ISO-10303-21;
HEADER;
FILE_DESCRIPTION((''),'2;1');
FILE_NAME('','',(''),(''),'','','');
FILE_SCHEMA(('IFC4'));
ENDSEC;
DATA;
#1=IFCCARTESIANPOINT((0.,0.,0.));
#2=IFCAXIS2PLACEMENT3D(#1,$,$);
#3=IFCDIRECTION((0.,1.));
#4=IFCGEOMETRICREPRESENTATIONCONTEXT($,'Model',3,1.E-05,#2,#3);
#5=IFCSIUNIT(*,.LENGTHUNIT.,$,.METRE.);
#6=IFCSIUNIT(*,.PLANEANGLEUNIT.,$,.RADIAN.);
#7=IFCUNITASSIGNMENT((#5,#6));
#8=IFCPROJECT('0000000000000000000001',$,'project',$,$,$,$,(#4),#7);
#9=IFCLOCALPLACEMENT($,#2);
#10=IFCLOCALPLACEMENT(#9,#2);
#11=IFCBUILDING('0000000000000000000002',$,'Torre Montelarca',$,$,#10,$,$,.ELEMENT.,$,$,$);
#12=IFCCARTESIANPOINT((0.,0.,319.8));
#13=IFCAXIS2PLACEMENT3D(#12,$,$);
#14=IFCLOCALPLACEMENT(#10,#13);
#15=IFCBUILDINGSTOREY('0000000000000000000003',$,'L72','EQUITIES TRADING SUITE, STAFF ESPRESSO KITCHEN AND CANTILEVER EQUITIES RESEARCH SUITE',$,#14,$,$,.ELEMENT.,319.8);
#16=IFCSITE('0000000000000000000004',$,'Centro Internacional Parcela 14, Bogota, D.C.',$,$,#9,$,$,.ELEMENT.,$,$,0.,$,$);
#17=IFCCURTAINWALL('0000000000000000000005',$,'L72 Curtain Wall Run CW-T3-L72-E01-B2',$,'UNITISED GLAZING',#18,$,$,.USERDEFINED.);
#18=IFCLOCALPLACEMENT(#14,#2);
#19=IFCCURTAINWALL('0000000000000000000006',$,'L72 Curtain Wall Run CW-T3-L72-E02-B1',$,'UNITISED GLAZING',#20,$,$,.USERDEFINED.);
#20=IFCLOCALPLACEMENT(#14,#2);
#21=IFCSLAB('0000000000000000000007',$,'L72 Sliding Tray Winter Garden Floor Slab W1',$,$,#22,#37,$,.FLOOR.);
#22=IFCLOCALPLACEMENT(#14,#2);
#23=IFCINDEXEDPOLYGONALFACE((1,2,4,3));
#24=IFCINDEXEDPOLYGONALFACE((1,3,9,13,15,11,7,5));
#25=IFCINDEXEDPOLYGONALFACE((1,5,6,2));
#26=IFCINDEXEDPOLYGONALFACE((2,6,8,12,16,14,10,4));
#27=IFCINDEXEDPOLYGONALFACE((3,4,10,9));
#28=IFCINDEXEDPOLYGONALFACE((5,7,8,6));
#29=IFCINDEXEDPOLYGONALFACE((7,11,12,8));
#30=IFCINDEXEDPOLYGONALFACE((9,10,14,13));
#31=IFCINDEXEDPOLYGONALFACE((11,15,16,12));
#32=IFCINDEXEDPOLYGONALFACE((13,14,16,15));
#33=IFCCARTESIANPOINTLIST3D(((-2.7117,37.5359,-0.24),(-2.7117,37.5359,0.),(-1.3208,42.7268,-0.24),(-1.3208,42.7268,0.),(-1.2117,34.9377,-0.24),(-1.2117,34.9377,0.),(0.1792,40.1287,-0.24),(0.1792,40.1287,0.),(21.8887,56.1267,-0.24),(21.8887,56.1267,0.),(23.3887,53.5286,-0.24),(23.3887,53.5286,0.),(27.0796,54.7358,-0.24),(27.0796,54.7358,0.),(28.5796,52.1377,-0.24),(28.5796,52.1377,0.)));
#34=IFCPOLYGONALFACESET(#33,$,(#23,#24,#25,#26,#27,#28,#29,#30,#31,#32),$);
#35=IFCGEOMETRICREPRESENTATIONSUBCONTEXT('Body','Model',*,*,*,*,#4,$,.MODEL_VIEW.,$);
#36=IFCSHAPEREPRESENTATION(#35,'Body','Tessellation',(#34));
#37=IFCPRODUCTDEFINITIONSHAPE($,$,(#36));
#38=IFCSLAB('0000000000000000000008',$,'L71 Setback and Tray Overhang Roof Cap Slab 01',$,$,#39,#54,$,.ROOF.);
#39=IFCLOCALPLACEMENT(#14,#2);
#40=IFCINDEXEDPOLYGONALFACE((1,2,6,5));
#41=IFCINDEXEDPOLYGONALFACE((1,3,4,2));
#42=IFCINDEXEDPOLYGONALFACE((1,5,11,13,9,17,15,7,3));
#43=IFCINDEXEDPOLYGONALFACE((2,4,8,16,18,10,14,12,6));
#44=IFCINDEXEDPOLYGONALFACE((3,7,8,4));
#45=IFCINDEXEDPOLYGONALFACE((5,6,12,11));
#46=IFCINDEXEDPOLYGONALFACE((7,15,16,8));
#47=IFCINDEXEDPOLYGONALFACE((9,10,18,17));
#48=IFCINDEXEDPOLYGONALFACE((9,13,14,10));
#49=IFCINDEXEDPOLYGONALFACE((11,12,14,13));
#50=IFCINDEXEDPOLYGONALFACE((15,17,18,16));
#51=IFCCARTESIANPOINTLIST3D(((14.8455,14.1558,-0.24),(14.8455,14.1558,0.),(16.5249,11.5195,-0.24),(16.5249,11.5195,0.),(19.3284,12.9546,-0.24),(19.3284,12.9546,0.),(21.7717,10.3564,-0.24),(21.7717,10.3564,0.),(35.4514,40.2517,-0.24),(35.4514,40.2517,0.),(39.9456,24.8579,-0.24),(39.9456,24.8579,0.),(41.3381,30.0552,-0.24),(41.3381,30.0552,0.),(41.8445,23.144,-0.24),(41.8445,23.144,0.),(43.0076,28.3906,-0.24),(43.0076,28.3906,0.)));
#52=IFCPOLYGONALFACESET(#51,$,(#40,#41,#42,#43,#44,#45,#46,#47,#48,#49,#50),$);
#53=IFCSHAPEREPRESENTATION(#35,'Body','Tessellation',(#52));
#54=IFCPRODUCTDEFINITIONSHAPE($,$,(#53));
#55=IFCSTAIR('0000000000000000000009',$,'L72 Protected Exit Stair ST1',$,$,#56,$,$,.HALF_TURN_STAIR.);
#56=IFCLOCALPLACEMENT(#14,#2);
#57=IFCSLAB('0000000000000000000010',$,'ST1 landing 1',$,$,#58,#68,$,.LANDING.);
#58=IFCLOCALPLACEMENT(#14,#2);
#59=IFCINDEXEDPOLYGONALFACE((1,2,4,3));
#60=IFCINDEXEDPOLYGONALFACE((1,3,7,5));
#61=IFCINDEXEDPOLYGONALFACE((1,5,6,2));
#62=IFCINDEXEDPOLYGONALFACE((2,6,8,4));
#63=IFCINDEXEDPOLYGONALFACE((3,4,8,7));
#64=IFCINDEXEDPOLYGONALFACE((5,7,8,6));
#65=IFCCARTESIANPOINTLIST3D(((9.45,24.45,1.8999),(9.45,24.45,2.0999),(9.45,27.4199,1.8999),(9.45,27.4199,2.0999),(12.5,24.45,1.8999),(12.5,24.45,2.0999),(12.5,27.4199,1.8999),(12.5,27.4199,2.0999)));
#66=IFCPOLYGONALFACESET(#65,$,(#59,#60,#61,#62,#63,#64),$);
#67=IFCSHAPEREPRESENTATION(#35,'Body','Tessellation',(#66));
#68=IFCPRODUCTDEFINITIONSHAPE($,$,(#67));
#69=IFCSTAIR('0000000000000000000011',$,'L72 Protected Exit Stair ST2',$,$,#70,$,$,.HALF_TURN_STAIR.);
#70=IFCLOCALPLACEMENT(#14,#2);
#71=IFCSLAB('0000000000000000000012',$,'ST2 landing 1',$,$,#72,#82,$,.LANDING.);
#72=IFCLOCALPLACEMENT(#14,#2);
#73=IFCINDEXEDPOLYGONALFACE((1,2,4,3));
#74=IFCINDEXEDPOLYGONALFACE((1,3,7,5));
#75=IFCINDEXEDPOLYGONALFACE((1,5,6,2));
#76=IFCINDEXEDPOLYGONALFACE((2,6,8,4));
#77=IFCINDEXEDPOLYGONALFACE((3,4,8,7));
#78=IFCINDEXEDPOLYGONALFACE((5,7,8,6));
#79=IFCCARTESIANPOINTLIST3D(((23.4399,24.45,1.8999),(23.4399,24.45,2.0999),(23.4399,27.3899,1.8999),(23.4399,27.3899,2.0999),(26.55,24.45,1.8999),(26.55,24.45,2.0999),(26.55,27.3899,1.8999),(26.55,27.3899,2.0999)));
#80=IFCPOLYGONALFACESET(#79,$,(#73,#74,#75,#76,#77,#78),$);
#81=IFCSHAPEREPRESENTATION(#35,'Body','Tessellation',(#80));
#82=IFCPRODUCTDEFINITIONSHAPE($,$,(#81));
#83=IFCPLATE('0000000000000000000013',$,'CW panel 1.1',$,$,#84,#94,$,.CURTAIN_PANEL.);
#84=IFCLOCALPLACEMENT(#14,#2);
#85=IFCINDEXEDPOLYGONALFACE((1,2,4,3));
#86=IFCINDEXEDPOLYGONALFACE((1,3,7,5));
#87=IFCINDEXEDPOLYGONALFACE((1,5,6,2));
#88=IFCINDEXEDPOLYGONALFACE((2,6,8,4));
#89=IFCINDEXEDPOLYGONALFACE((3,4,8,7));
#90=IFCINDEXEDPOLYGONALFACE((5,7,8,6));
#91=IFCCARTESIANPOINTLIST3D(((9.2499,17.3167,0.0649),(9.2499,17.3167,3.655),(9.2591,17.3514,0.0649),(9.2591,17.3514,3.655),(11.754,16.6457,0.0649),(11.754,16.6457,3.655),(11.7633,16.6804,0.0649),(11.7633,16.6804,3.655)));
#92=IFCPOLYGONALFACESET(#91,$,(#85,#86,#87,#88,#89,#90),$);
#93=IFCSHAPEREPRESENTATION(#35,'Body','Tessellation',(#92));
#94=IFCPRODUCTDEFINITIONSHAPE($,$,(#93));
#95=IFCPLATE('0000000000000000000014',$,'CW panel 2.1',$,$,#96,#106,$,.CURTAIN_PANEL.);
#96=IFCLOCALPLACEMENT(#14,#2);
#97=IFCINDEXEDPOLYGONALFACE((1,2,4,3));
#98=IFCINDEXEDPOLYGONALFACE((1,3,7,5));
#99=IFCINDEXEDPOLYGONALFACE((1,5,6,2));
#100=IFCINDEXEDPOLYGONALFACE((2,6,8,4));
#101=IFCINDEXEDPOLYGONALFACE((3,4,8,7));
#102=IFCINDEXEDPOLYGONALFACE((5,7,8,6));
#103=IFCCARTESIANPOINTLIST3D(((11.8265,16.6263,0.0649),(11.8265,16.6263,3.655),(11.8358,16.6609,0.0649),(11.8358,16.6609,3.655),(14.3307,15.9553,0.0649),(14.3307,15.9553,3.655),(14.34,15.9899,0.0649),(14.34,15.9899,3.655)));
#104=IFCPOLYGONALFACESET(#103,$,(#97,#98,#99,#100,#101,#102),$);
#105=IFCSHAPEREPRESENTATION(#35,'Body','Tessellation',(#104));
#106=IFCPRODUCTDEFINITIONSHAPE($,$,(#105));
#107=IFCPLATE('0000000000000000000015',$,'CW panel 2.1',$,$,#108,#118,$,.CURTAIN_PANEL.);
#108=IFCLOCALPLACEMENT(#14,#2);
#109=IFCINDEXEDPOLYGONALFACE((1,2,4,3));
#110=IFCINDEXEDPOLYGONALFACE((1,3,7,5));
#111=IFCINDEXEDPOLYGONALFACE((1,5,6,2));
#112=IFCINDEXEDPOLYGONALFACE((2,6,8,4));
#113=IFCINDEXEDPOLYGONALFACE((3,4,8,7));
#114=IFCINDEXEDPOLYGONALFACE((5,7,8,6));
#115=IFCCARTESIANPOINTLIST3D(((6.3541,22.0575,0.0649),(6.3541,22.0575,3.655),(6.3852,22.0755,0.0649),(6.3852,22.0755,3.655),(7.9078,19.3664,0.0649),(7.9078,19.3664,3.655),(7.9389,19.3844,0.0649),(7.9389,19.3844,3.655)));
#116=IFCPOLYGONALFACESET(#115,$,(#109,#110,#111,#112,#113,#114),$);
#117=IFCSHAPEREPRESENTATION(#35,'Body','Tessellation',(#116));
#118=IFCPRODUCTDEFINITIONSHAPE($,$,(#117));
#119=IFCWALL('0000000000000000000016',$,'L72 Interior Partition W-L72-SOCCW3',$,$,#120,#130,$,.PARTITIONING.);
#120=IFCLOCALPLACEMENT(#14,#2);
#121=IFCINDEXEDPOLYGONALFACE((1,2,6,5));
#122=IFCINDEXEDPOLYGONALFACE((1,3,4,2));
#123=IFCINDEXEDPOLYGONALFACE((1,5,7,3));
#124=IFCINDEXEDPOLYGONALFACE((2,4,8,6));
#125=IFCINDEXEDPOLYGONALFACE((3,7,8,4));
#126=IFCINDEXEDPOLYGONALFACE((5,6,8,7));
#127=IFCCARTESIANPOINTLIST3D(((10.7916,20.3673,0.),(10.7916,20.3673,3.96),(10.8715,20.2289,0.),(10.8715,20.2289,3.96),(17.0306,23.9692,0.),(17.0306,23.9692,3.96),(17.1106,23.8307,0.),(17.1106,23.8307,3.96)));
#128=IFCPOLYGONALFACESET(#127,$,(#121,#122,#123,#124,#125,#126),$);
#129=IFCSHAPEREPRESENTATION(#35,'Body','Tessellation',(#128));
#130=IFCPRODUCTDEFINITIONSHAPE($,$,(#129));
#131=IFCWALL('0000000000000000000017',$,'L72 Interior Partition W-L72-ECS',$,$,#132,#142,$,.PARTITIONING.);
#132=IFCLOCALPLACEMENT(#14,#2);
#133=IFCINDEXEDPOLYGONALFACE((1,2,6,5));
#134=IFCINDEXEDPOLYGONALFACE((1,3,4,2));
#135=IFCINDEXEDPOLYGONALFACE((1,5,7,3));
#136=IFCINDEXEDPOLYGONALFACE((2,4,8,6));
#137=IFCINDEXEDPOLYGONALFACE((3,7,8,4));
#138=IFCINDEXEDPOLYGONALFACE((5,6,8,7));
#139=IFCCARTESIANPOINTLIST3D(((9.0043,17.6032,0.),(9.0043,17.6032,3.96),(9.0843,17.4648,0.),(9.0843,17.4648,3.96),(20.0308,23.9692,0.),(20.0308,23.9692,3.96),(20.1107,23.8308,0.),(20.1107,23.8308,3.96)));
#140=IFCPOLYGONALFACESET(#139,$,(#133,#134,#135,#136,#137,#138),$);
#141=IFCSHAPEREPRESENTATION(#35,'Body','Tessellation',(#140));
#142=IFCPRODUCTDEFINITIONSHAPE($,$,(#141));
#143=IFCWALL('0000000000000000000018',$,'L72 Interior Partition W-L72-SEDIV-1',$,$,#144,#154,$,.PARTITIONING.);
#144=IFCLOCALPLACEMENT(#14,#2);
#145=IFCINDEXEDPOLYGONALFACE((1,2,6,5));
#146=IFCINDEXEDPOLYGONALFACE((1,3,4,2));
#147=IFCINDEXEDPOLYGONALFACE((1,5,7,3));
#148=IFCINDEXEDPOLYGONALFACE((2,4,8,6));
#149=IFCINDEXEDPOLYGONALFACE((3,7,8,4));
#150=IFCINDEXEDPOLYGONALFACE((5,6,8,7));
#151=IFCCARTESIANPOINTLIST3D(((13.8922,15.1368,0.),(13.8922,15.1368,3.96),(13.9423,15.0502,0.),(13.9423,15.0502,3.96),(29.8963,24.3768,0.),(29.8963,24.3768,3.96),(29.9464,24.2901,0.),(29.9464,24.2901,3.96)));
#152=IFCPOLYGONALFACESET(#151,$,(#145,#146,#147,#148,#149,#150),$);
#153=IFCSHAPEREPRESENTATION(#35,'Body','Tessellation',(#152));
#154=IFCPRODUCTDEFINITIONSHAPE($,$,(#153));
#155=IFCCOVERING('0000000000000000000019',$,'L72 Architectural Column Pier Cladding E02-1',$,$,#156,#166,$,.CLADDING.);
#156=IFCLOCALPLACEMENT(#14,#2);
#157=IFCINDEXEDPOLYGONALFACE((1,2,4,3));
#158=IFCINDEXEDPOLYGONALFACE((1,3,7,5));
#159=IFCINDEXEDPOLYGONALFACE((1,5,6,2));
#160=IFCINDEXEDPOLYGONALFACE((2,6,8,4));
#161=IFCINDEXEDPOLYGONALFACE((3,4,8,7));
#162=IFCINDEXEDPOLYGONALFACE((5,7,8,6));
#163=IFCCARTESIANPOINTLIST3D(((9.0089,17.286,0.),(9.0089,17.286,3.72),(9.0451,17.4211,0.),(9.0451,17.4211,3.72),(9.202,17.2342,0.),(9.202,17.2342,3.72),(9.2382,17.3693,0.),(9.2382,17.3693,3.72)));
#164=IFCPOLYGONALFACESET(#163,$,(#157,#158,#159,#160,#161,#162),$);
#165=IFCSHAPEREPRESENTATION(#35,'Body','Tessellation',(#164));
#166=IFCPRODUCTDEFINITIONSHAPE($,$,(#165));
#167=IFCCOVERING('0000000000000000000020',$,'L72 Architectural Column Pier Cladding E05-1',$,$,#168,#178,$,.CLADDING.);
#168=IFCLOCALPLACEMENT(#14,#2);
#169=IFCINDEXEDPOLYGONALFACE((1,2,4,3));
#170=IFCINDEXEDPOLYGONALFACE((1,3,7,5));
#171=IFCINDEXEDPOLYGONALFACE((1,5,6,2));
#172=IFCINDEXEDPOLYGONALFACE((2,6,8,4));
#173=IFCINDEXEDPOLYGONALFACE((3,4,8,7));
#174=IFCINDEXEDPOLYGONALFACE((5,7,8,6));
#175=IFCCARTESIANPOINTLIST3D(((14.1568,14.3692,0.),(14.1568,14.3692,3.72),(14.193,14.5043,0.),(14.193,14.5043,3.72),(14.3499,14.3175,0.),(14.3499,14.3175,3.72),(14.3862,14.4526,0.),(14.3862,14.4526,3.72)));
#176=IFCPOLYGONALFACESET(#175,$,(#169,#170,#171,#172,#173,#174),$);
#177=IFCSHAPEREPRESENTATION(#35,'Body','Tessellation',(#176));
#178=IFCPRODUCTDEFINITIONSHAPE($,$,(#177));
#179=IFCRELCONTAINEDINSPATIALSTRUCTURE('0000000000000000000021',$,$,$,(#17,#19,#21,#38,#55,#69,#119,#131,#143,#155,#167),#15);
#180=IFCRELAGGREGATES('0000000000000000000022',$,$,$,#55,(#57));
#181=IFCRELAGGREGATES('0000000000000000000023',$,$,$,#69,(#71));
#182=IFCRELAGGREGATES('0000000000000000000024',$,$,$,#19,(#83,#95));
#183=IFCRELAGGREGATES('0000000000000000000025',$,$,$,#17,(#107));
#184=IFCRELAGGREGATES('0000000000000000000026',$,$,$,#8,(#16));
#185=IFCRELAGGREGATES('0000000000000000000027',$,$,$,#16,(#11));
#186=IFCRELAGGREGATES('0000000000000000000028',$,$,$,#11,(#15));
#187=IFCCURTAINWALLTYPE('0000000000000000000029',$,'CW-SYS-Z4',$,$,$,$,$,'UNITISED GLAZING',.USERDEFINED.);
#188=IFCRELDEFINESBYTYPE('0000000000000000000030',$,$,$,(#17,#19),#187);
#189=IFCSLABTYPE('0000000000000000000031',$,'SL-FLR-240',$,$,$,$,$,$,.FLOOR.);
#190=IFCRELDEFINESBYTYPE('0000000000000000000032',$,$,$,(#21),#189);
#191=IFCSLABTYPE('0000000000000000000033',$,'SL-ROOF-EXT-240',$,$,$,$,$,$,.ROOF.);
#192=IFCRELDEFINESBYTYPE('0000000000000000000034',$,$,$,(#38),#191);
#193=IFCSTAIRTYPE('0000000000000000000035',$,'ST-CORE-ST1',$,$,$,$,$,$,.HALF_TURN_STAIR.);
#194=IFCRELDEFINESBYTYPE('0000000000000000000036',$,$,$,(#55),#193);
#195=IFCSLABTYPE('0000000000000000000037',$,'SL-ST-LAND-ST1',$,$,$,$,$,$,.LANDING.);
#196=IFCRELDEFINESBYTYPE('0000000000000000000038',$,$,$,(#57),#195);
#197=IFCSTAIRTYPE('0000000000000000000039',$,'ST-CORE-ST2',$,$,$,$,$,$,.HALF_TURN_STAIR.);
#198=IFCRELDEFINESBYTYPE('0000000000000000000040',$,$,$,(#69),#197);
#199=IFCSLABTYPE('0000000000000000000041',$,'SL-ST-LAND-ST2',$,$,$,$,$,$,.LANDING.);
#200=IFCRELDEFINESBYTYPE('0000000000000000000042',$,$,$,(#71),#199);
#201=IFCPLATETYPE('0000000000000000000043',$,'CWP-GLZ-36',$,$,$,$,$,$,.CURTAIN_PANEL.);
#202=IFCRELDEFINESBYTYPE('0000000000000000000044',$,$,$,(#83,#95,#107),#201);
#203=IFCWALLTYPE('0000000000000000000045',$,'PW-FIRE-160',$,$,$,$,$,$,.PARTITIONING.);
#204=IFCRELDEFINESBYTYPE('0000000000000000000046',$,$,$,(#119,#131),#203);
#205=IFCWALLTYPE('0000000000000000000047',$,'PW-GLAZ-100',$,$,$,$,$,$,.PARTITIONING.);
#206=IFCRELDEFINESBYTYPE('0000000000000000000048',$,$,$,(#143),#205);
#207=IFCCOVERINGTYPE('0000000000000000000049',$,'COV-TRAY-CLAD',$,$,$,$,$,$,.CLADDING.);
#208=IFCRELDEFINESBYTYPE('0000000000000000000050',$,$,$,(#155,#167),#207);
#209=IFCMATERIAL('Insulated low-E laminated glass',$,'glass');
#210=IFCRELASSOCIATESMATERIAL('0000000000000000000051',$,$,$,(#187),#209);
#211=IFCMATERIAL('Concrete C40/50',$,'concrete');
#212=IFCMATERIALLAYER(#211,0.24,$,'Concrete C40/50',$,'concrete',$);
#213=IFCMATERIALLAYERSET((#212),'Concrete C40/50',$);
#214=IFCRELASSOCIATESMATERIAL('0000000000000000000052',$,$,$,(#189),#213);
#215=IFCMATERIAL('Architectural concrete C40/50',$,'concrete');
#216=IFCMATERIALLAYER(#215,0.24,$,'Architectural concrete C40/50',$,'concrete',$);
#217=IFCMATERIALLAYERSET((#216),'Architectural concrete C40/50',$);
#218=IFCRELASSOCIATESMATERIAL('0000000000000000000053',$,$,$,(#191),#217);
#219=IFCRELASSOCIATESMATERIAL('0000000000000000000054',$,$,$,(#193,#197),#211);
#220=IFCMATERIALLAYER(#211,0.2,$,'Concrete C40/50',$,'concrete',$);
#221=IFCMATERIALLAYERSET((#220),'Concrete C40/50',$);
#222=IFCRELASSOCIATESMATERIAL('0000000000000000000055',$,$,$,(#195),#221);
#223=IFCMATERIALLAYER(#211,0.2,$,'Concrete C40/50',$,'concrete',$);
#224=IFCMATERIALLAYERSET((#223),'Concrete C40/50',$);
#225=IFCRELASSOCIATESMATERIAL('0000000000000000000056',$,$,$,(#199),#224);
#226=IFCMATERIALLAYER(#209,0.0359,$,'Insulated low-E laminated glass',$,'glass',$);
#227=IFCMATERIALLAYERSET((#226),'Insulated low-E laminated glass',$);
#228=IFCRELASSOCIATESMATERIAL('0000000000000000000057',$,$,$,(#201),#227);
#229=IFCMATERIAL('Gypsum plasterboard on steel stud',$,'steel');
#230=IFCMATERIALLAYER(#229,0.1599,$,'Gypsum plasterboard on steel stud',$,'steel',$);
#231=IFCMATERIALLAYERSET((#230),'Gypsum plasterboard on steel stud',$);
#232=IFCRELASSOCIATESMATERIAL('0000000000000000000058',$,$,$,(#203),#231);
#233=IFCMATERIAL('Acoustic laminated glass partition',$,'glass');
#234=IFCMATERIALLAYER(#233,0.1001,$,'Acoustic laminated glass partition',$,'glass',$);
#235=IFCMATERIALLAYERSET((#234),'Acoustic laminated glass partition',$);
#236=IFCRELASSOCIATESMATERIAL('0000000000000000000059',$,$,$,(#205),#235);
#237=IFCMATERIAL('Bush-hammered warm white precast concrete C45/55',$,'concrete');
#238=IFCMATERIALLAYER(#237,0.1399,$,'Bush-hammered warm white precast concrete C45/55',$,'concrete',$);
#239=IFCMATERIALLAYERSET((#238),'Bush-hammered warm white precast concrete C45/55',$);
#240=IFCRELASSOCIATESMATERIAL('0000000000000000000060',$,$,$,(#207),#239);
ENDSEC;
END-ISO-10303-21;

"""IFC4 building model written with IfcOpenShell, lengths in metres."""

from ifc_helpers import new_model, si_unit, direction, frame, frame_2d, origin, origin_2d, place, context, subcontext, project, spatial, polyline, rectangle, outline, extrude, source, transform, mapped, material, layer, layer_set, type_object, element, aggregate, save


model = new_model("IFC4")

# Units and contexts
model_context = context("Model", 3, precision=1e-05, world=origin(), true_north=direction((0.0, 1.0)))
body_context = subcontext(model_context, "Body", "Model", "MODEL_VIEW")
ifc_project = project(units=[si_unit("LENGTHUNIT", "METRE"), si_unit("PLANEANGLEUNIT", "RADIAN")], contexts=[model_context])

# Site, building, storey
site_placement = place(None, origin())
site = spatial("IfcSite", under=ifc_project, at=site_placement, Name="Centro Internacional Parcela 14, Bogota, D.C.", CompositionType="ELEMENT", RefElevation=0.0)
building_placement = place(site_placement, origin())
building = spatial("IfcBuilding", under=site, at=building_placement, Name="Torre Montelarca", CompositionType="ELEMENT")
storey_placement = place(building_placement, frame((0.0, 0.0, 319.8)))
storey = spatial("IfcBuildingStorey", under=building, at=storey_placement, Name="L72", Description="EQUITIES TRADING SUITE, STAFF ESPRESSO KITCHEN AND CANTILEVER EQUITIES RESEARCH SUITE", CompositionType="ELEMENT", Elevation=319.8)

# Curtain wall
ifc_material_1 = material(Name="Insulated low-E laminated glass", Category="glass")
curtain_wall_type = type_object("IfcCurtainWallType", Name="CW-SYS-Z4", ElementType="UNITISED GLAZING", PredefinedType="USERDEFINED", material=ifc_material_1)
curtain_wall_1_placement = place(storey_placement, origin())
curtain_wall_1 = element("IfcCurtainWall", 1, at=curtain_wall_1_placement, inside=storey, type_object=curtain_wall_type, Name="L72 Curtain Wall Run CW-T3-L72-E01-B2", ObjectType="UNITISED GLAZING", PredefinedType="USERDEFINED")

# Curtain wall
curtain_wall_2_placement = place(storey_placement, origin())
curtain_wall_2 = element("IfcCurtainWall", 2, at=curtain_wall_2_placement, inside=storey, type_object=curtain_wall_type, Name="L72 Curtain Wall Run CW-T3-L72-E02-B1", ObjectType="UNITISED GLAZING", PredefinedType="USERDEFINED")

# Slabs
ifc_material_2 = material(Name="Concrete C40/50", Category="concrete")
ifc_layer_1 = layer(ifc_material_2, 0.24, Name="Concrete C40/50", Category="concrete")
ifc_layer_set_1 = layer_set([ifc_layer_1], Name="Concrete C40/50")
slab_type_1 = type_object("IfcSlabType", Name="SL-FLR-240", PredefinedType="FLOOR", material=ifc_layer_set_1)
slab_1_placement = place(storey_placement, frame((0.0, 0.0, -0.24)))
element("IfcSlab", 3, at=slab_1_placement, inside=storey, type_object=slab_type_1, Name="L72 Sliding Tray Winter Garden Floor Slab W1", PredefinedType="FLOOR", context=body_context, shape_type="SweptSolid", body=[
    extrude(outline(polyline([(-1.2117, 34.9377), (0.1792, 40.1287), (23.3887, 53.5286), (28.5796, 52.1377), (27.0796, 54.7358), (21.8887, 56.1267), (-1.3208, 42.7268), (-2.7117, 37.5359), (-1.2117, 34.9377)])), origin(), (0.0, 0.0, 1.0), 0.24),
])
ifc_material_3 = material(Name="Architectural concrete C40/50", Category="concrete")
ifc_layer_2 = layer(ifc_material_3, 0.24, Name="Architectural concrete C40/50", Category="concrete")
ifc_layer_set_2 = layer_set([ifc_layer_2], Name="Architectural concrete C40/50")
slab_type_2 = type_object("IfcSlabType", Name="SL-ROOF-EXT-240", PredefinedType="ROOF", material=ifc_layer_set_2)
slab_2_placement = place(storey_placement, frame((0.0, 0.0, -0.24)))
element("IfcSlab", 4, at=slab_2_placement, inside=storey, type_object=slab_type_2, Name="L71 Setback and Tray Overhang Roof Cap Slab 01", PredefinedType="ROOF", context=body_context, shape_type="SweptSolid", body=[
    extrude(outline(polyline([(41.3381, 30.0552), (39.9456, 24.8579), (19.3284, 12.9546), (14.8455, 14.1558), (16.5249, 11.5195), (21.7717, 10.3564), (41.8445, 23.144), (43.0076, 28.3906), (35.4514, 40.2517), (41.3381, 30.0552)])), origin(), (0.0, 0.0, 1.0), 0.24),
])

# Stairs, slabs
stair_type_1 = type_object("IfcStairType", Name="ST-CORE-ST1", PredefinedType="HALF_TURN_STAIR", material=ifc_material_2)
stair_1_placement = place(storey_placement, origin())
stair_1 = element("IfcStair", 5, at=stair_1_placement, inside=storey, type_object=stair_type_1, Name="L72 Protected Exit Stair ST1", PredefinedType="HALF_TURN_STAIR")
ifc_layer_3 = layer(ifc_material_2, 0.2, Name="Concrete C40/50", Category="concrete")
ifc_layer_set_3 = layer_set([ifc_layer_3], Name="Concrete C40/50")
slab_type_3 = type_object("IfcSlabType", Name="SL-ST-LAND-ST1", PredefinedType="LANDING", material=ifc_layer_set_3)
slab_3_placement = place(storey_placement, frame((0.0, 0.0, 1.8999)))
slab_3 = element("IfcSlab", 6, at=slab_3_placement, type_object=slab_type_3, Name="ST1 landing 1", PredefinedType="LANDING", context=body_context, shape_type="SweptSolid", body=[
    extrude(outline(polyline([(9.45, 27.4199), (9.45, 24.45), (12.5, 24.45), (12.5, 27.4199), (9.45, 27.4199)])), origin(), (0.0, 0.0, 1.0), 0.2),
])
aggregate(stair_1, [slab_3])
stair_type_2 = type_object("IfcStairType", Name="ST-CORE-ST2", PredefinedType="HALF_TURN_STAIR", material=ifc_material_2)
stair_2_placement = place(storey_placement, origin())
stair_2 = element("IfcStair", 7, at=stair_2_placement, inside=storey, type_object=stair_type_2, Name="L72 Protected Exit Stair ST2", PredefinedType="HALF_TURN_STAIR")
ifc_layer_4 = layer(ifc_material_2, 0.2, Name="Concrete C40/50", Category="concrete")
ifc_layer_set_4 = layer_set([ifc_layer_4], Name="Concrete C40/50")
slab_type_4 = type_object("IfcSlabType", Name="SL-ST-LAND-ST2", PredefinedType="LANDING", material=ifc_layer_set_4)
slab_4_placement = place(storey_placement, frame((0.0, 0.0, 1.8999)))
slab_4 = element("IfcSlab", 8, at=slab_4_placement, type_object=slab_type_4, Name="ST2 landing 1", PredefinedType="LANDING", context=body_context, shape_type="SweptSolid", body=[
    extrude(outline(polyline([(23.4399, 27.3899), (23.4399, 24.45), (26.55, 24.45), (26.55, 27.3899), (23.4399, 27.3899)])), origin(), (0.0, 0.0, 1.0), 0.2),
])
aggregate(stair_2, [slab_4])

# Plates
ifc_layer_5 = layer(ifc_material_1, 0.0359, Name="Insulated low-E laminated glass", Category="glass")
ifc_layer_set_5 = layer_set([ifc_layer_5], Name="Insulated low-E laminated glass")
plate_type = type_object("IfcPlateType", Name="CWP-GLZ-36", PredefinedType="CURTAIN_PANEL", material=ifc_layer_set_5)
shared_shape_1 = source(origin(), body_context, "Body", "SweptSolid", [
    extrude(rectangle(XDim=2.5925, YDim=0.0359, at=origin_2d()), origin(), (0.0, 0.0, 1.0), 3.5901),
])
plate_1_placement = place(storey_placement, frame((10.5066, 16.9985, 0.0649), z_axis=(0.0, 0.0, 1.0), x_axis=(0.965926, -0.25882, 0.0)))
plate_1 = element("IfcPlate", 9, at=plate_1_placement, type_object=plate_type, Name="CW panel 1.1", PredefinedType="CURTAIN_PANEL", context=body_context, shape_type="MappedRepresentation", body=[
    mapped(shared_shape_1, transform((0.0, 0.0, 0.0), scale=1.0)),
])
plate_2_placement = place(storey_placement, frame((13.0833, 16.3081, 0.0649), z_axis=(0.0, 0.0, 1.0), x_axis=(0.965926, -0.25882, 0.0)))
plate_2 = element("IfcPlate", 10, at=plate_2_placement, type_object=plate_type, Name="CW panel 2.1", PredefinedType="CURTAIN_PANEL", context=body_context, shape_type="MappedRepresentation", body=[
    mapped(shared_shape_1, transform((0.0, 0.0, 0.0), scale=1.0)),
])
aggregate(curtain_wall_2, [plate_1, plate_2])
shared_shape_2 = source(origin(), body_context, "Body", "SweptSolid", [
    extrude(rectangle(XDim=3.1074, YDim=0.0359, at=origin_2d()), origin(), (0.0, 0.0, 1.0), 3.5901),
])
plate_3_placement = place(storey_placement, frame((7.1465, 20.7209, 0.0649), z_axis=(0.0, 0.0, 1.0), x_axis=(0.5, -0.866025, 0.0)))
plate_3 = element("IfcPlate", 11, at=plate_3_placement, type_object=plate_type, Name="CW panel 2.1", PredefinedType="CURTAIN_PANEL", context=body_context, shape_type="MappedRepresentation", body=[
    mapped(shared_shape_2, transform((0.0, 0.0, 0.0), scale=1.0)),
])
aggregate(curtain_wall_1, [plate_3])

# Walls
ifc_material_4 = material(Name="Gypsum plasterboard on steel stud", Category="steel")
ifc_layer_6 = layer(ifc_material_4, 0.1599, Name="Gypsum plasterboard on steel stud", Category="steel")
ifc_layer_set_6 = layer_set([ifc_layer_6], Name="Gypsum plasterboard on steel stud")
wall_type_1 = type_object("IfcWallType", Name="PW-FIRE-160", PredefinedType="PARTITIONING", material=ifc_layer_set_6)
wall_1_placement = place(storey_placement, frame((10.8315, 20.2981, 0.0), z_axis=(0.0, 0.0, 1.0), x_axis=(0.866043, 0.49997, 0.0)))
element("IfcWall", 12, at=wall_1_placement, inside=storey, type_object=wall_type_1, Name="L72 Interior Partition W-L72-SOCCW3", PredefinedType="PARTITIONING", context=body_context, shape_type="SweptSolid", body=[
    extrude(rectangle(XDim=7.2041, YDim=0.1599, at=frame_2d((3.6021, 0.0))), origin(), (0.0, 0.0, 1.0), 3.96),
])
wall_2_placement = place(storey_placement, frame((9.0442, 17.5339, 0.0), z_axis=(0.0, 0.0, 1.0), x_axis=(0.866029, 0.499994, 0.0)))
element("IfcWall", 13, at=wall_2_placement, inside=storey, type_object=wall_type_1, Name="L72 Interior Partition W-L72-ECS", PredefinedType="PARTITIONING", context=body_context, shape_type="SweptSolid", body=[
    extrude(rectangle(XDim=12.7322, YDim=0.1599, at=frame_2d((6.3662, 0.0))), origin(), (0.0, 0.0, 1.0), 3.96),
])
ifc_material_5 = material(Name="Acoustic laminated glass partition", Category="glass")
ifc_layer_7 = layer(ifc_material_5, 0.1001, Name="Acoustic laminated glass partition", Category="glass")
ifc_layer_set_7 = layer_set([ifc_layer_7], Name="Acoustic laminated glass partition")
wall_type_2 = type_object("IfcWallType", Name="PW-GLAZ-100", PredefinedType="PARTITIONING", material=ifc_layer_set_7)
wall_3_placement = place(storey_placement, frame((13.9172, 15.0935, 0.0), z_axis=(0.0, 0.0, 1.0), x_axis=(0.866026, 0.5, 0.0)))
element("IfcWall", 14, at=wall_3_placement, inside=storey, type_object=wall_type_2, Name="L72 Interior Partition W-L72-SEDIV-1", PredefinedType="PARTITIONING", context=body_context, shape_type="SweptSolid", body=[
    extrude(rectangle(XDim=18.48, YDim=0.1001, at=frame_2d((9.24, 0.0))), origin(), (0.0, 0.0, 1.0), 3.96),
])

# Coverings
ifc_material_6 = material(Name="Bush-hammered warm white precast concrete C45/55", Category="concrete")
ifc_layer_8 = layer(ifc_material_6, 0.1399, Name="Bush-hammered warm white precast concrete C45/55", Category="concrete")
ifc_layer_set_8 = layer_set([ifc_layer_8], Name="Bush-hammered warm white precast concrete C45/55")
covering_type = type_object("IfcCoveringType", Name="COV-TRAY-CLAD", PredefinedType="CLADDING", material=ifc_layer_set_8)
shared_shape_3 = source(origin(), body_context, "Body", "SweptSolid", [
    extrude(rectangle(XDim=0.2, YDim=0.1399, at=origin_2d()), origin(), (0.0, 0.0, 1.0), 3.72),
])
for number, where, z_axis, x_axis, name in (
    (15, (9.1235, 17.3276, 0.0), (0.0, 0.0, 1.0), (0.965924, -0.258826, 0.0), "L72 Architectural Column Pier Cladding E02-1"),
    (16, (14.2715, 14.4109, 0.0), (0.0, 0.0, 1.0), (0.965925, -0.258821, 0.0), "L72 Architectural Column Pier Cladding E05-1"),
):
    element("IfcCovering", number, at=place(storey_placement, frame(where, z_axis=z_axis, x_axis=x_axis)), inside=storey, type_object=covering_type, Name=name, PredefinedType="CLADDING", context=body_context, shape_type="MappedRepresentation", body=[
        mapped(shared_shape_3, transform((0.0, 0.0, 0.0), scale=1.0)),
    ])

save(model, "model.ifc")
